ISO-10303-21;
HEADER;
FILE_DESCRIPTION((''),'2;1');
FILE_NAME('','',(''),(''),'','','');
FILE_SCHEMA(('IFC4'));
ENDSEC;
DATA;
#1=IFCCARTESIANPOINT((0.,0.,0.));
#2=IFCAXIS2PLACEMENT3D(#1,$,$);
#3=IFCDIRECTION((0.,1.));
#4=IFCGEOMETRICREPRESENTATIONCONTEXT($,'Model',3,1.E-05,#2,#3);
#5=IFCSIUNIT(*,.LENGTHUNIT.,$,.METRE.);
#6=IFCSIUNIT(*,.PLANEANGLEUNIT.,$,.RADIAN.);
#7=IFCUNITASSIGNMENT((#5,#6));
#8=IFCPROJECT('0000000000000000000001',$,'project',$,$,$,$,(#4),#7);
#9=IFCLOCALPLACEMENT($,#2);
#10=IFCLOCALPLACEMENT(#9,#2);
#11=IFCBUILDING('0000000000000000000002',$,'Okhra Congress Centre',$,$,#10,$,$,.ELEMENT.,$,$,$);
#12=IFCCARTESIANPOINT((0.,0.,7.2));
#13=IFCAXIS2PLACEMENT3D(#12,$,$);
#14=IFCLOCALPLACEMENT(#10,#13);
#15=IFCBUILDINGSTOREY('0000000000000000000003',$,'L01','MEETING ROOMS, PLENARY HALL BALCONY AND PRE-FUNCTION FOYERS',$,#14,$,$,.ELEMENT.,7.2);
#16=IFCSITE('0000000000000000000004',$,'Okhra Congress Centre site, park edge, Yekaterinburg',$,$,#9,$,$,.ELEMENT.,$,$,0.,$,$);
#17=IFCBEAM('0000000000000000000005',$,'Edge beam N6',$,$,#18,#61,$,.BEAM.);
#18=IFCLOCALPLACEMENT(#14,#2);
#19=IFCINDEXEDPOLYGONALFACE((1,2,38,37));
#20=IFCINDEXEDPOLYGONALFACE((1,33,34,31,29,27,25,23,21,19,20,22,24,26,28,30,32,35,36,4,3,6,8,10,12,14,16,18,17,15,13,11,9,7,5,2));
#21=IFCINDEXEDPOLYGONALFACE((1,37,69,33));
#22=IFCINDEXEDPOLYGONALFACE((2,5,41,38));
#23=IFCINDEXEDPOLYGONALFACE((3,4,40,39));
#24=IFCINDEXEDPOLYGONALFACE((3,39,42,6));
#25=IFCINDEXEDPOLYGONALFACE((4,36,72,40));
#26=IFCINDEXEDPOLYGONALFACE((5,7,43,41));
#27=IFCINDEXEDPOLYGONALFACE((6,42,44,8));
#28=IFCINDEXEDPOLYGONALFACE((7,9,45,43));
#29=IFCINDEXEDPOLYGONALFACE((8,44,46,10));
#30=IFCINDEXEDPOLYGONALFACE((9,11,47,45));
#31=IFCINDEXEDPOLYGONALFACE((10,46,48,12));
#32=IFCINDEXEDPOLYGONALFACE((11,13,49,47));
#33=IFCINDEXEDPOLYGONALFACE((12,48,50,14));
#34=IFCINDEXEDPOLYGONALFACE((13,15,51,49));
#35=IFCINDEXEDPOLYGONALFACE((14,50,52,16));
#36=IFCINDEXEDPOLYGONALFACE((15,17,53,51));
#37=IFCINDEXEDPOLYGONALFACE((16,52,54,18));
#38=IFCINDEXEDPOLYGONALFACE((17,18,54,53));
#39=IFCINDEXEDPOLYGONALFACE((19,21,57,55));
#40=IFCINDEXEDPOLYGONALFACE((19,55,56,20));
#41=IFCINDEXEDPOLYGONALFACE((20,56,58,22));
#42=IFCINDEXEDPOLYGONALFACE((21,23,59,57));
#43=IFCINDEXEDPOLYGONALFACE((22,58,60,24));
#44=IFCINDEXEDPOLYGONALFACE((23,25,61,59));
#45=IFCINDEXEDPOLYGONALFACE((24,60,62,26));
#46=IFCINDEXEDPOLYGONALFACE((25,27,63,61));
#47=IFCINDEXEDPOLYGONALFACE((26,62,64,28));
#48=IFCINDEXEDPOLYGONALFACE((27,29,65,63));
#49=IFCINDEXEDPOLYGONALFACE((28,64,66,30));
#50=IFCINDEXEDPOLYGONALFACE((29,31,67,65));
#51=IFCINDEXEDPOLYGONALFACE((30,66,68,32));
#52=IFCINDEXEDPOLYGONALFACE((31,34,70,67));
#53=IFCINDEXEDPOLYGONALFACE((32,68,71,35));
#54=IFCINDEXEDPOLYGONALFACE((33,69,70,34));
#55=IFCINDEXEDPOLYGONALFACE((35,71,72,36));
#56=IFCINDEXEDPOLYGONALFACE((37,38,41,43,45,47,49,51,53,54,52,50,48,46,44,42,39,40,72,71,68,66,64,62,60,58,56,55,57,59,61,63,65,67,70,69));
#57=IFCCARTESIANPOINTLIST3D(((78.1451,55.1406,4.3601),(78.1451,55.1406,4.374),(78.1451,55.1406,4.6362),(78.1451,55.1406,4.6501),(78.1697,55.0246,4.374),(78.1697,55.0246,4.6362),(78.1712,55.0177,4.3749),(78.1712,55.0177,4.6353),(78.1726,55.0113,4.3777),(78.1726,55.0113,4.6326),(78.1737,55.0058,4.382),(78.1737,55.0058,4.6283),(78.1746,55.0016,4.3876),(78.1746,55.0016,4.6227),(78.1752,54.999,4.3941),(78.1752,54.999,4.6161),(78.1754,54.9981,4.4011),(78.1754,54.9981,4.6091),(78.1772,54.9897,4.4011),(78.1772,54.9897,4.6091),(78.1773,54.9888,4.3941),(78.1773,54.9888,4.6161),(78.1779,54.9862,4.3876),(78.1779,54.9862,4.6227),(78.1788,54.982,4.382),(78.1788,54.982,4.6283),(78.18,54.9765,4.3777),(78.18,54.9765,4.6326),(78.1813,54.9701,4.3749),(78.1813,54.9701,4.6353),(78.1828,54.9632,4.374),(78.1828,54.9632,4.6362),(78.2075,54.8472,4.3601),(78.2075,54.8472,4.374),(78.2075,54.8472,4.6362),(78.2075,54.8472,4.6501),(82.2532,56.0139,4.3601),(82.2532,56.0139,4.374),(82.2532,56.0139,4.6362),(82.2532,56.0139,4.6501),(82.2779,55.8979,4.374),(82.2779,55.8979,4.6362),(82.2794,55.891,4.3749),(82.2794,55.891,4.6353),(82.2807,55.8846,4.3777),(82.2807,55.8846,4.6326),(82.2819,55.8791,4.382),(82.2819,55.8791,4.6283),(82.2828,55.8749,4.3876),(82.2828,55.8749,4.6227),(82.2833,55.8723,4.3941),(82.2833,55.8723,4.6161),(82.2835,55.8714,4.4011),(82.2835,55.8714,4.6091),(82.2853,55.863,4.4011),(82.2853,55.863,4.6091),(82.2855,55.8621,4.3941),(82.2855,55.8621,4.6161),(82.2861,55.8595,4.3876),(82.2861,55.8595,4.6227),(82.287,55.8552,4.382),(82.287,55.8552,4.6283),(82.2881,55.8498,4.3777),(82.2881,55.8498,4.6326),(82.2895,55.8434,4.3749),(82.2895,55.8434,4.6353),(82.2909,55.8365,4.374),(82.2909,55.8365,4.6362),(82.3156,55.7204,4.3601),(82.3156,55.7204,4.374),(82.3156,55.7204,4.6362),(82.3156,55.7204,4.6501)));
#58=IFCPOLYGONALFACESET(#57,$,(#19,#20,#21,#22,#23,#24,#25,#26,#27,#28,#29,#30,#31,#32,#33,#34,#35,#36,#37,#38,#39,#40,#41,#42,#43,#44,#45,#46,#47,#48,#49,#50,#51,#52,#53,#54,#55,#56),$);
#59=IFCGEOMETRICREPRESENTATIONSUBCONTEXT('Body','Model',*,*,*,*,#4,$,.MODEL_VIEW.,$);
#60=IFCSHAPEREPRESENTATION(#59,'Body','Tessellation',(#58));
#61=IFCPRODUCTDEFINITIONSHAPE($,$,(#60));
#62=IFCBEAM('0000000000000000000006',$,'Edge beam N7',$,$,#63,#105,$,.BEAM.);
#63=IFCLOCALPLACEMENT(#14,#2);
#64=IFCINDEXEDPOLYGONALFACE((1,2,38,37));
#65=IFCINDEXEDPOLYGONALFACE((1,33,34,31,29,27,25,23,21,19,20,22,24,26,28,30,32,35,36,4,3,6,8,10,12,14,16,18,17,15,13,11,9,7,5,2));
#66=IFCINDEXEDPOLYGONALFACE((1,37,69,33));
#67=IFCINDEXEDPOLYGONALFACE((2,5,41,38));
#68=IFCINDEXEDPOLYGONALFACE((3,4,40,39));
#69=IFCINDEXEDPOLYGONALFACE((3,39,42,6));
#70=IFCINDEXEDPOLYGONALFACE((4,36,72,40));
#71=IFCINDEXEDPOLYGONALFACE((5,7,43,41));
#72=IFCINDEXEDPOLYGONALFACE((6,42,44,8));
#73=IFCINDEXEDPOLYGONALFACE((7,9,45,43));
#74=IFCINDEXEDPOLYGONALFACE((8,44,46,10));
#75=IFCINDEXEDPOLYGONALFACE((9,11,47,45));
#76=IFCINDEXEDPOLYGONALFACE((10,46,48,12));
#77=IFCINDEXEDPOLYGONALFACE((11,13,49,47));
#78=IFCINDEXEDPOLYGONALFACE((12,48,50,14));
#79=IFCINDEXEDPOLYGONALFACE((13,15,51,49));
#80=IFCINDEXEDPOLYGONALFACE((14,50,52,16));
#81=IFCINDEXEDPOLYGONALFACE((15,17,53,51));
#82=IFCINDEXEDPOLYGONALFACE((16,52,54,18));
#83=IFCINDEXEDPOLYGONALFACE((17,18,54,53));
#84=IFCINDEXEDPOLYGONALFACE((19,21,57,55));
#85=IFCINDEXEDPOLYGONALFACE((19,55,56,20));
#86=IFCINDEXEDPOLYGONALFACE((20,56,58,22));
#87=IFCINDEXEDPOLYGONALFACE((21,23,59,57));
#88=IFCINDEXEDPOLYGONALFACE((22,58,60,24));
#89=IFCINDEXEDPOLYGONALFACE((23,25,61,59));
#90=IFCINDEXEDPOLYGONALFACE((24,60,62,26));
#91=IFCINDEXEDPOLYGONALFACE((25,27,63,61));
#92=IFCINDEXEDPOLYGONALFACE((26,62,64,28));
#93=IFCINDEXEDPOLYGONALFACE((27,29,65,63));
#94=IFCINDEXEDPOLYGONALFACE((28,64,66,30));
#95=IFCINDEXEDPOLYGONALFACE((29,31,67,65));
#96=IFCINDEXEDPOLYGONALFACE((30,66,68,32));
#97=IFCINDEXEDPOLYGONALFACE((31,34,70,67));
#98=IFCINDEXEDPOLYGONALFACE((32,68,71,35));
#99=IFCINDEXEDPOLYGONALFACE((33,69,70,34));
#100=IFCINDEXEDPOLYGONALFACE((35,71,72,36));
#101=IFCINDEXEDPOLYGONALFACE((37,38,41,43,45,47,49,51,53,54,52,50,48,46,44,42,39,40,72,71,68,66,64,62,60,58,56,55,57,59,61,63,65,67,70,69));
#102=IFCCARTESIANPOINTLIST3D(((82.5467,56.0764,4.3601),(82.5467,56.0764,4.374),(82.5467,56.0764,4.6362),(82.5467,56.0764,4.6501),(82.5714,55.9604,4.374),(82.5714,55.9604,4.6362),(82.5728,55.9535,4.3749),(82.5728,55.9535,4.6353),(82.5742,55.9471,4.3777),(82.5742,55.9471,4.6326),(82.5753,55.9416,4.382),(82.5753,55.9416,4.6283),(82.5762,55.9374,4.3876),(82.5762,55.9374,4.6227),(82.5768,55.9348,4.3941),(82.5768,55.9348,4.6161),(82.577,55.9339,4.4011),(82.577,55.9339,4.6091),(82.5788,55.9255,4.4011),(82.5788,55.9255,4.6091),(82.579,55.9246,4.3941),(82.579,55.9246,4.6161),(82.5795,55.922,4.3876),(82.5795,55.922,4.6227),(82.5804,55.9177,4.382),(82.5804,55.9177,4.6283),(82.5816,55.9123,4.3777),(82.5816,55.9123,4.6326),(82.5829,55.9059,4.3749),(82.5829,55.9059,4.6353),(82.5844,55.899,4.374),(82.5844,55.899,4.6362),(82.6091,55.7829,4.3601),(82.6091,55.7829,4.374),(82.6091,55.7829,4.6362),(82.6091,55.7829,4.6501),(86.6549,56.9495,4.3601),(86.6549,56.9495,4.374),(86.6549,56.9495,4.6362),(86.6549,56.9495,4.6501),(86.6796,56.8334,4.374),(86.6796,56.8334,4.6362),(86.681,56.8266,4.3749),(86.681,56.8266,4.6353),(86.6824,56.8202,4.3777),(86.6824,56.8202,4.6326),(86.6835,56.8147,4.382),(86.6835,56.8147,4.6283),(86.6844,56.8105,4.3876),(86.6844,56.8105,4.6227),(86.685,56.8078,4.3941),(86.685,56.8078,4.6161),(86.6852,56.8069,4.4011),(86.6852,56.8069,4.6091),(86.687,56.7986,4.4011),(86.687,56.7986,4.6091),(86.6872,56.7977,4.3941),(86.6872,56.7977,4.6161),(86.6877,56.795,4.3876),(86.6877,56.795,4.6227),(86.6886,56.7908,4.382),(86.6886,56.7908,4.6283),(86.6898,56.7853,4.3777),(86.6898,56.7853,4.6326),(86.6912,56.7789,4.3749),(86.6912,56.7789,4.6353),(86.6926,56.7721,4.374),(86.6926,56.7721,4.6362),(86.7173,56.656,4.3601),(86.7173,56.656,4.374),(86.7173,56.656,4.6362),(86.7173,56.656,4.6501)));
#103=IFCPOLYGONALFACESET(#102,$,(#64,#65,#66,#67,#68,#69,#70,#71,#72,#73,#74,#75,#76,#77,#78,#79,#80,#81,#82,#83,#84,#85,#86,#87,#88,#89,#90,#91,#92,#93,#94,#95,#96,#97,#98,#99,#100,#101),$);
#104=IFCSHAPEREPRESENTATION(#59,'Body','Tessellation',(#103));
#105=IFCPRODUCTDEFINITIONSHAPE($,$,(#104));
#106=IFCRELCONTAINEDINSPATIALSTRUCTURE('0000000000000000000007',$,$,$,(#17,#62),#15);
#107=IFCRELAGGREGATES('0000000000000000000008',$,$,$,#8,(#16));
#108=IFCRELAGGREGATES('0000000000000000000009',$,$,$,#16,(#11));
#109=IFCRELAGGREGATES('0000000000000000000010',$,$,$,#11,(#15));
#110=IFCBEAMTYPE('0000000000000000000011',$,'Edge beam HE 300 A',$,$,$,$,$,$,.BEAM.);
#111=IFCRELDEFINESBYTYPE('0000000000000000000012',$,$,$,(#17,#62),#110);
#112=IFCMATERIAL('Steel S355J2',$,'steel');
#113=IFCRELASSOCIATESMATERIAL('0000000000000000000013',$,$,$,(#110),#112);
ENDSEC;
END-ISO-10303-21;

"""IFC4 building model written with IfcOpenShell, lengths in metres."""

from ifc_helpers import new_model, si_unit, direction, frame, origin, origin_2d, place, context, subcontext, project, spatial, i_section, extrude, material, material_profile, profile_set, type_object, element, save


model = new_model("IFC4")

# Units and contexts
model_context = context("Model", 3, precision=1e-05, world=origin(), true_north=direction((0.0, 1.0)))
body_context = subcontext(model_context, "Body", "Model", "MODEL_VIEW")
ifc_project = project(units=[si_unit("LENGTHUNIT", "METRE"), si_unit("PLANEANGLEUNIT", "RADIAN")], contexts=[model_context])

# Site, building, storey
site_placement = place(None, origin())
site = spatial("IfcSite", under=ifc_project, at=site_placement, Name="Okhra Congress Centre site, park edge, Yekaterinburg", CompositionType="ELEMENT", RefElevation=0.0)
building_placement = place(site_placement, origin())
building = spatial("IfcBuilding", under=site, at=building_placement, Name="Okhra Congress Centre", CompositionType="ELEMENT")
storey_placement = place(building_placement, frame((0.0, 0.0, 7.2)))
storey = spatial("IfcBuildingStorey", under=building, at=storey_placement, Name="L01", Description="MEETING ROOMS, PLENARY HALL BALCONY AND PRE-FUNCTION FOYERS", CompositionType="ELEMENT", Elevation=7.2)

# Shared definitions
ifc_material_1 = material(Name="Steel S355J2", Category="steel")

# Beams
ifc_material_profile_1 = material_profile(ifc_material_1, i_section(OverallWidth=0.3, OverallDepth=0.29, WebThickness=0.0085, FlangeThickness=0.0139, FilletRadius=0.0271, at=origin_2d()), Name="HE 300 A")
ifc_profile_set_1 = profile_set([ifc_material_profile_1], Name="Steel S355J2")
beam_type = type_object("IfcBeamType", Name="Edge beam HE 300 A", PredefinedType="BEAM", material=ifc_profile_set_1)
for number, where, z_axis, x_axis, name in (
    (1, (78.1763, 54.9939, 4.5051), (0.978144, 0.207929, 0.0), (-0.207929, 0.978144, 0.0), "Edge beam N6"),
    (2, (82.5779, 55.9297, 4.5051), (0.978156, 0.207873, 0.0), (-0.207873, 0.978156, 0.0), "Edge beam N7"),
):
    element("IfcBeam", number, at=place(storey_placement, frame(where, z_axis=z_axis, x_axis=x_axis)), inside=storey, type_object=beam_type, Name=name, PredefinedType="BEAM", context=body_context, shape_type="SweptSolid", body=[
        extrude(i_section(OverallWidth=0.3, OverallDepth=0.29, WebThickness=0.0085, FlangeThickness=0.0139, FilletRadius=0.0271, at=origin_2d()), origin(), (0.0, 0.0, 1.0), 4.2),
    ])

save(model, "model.ifc")
